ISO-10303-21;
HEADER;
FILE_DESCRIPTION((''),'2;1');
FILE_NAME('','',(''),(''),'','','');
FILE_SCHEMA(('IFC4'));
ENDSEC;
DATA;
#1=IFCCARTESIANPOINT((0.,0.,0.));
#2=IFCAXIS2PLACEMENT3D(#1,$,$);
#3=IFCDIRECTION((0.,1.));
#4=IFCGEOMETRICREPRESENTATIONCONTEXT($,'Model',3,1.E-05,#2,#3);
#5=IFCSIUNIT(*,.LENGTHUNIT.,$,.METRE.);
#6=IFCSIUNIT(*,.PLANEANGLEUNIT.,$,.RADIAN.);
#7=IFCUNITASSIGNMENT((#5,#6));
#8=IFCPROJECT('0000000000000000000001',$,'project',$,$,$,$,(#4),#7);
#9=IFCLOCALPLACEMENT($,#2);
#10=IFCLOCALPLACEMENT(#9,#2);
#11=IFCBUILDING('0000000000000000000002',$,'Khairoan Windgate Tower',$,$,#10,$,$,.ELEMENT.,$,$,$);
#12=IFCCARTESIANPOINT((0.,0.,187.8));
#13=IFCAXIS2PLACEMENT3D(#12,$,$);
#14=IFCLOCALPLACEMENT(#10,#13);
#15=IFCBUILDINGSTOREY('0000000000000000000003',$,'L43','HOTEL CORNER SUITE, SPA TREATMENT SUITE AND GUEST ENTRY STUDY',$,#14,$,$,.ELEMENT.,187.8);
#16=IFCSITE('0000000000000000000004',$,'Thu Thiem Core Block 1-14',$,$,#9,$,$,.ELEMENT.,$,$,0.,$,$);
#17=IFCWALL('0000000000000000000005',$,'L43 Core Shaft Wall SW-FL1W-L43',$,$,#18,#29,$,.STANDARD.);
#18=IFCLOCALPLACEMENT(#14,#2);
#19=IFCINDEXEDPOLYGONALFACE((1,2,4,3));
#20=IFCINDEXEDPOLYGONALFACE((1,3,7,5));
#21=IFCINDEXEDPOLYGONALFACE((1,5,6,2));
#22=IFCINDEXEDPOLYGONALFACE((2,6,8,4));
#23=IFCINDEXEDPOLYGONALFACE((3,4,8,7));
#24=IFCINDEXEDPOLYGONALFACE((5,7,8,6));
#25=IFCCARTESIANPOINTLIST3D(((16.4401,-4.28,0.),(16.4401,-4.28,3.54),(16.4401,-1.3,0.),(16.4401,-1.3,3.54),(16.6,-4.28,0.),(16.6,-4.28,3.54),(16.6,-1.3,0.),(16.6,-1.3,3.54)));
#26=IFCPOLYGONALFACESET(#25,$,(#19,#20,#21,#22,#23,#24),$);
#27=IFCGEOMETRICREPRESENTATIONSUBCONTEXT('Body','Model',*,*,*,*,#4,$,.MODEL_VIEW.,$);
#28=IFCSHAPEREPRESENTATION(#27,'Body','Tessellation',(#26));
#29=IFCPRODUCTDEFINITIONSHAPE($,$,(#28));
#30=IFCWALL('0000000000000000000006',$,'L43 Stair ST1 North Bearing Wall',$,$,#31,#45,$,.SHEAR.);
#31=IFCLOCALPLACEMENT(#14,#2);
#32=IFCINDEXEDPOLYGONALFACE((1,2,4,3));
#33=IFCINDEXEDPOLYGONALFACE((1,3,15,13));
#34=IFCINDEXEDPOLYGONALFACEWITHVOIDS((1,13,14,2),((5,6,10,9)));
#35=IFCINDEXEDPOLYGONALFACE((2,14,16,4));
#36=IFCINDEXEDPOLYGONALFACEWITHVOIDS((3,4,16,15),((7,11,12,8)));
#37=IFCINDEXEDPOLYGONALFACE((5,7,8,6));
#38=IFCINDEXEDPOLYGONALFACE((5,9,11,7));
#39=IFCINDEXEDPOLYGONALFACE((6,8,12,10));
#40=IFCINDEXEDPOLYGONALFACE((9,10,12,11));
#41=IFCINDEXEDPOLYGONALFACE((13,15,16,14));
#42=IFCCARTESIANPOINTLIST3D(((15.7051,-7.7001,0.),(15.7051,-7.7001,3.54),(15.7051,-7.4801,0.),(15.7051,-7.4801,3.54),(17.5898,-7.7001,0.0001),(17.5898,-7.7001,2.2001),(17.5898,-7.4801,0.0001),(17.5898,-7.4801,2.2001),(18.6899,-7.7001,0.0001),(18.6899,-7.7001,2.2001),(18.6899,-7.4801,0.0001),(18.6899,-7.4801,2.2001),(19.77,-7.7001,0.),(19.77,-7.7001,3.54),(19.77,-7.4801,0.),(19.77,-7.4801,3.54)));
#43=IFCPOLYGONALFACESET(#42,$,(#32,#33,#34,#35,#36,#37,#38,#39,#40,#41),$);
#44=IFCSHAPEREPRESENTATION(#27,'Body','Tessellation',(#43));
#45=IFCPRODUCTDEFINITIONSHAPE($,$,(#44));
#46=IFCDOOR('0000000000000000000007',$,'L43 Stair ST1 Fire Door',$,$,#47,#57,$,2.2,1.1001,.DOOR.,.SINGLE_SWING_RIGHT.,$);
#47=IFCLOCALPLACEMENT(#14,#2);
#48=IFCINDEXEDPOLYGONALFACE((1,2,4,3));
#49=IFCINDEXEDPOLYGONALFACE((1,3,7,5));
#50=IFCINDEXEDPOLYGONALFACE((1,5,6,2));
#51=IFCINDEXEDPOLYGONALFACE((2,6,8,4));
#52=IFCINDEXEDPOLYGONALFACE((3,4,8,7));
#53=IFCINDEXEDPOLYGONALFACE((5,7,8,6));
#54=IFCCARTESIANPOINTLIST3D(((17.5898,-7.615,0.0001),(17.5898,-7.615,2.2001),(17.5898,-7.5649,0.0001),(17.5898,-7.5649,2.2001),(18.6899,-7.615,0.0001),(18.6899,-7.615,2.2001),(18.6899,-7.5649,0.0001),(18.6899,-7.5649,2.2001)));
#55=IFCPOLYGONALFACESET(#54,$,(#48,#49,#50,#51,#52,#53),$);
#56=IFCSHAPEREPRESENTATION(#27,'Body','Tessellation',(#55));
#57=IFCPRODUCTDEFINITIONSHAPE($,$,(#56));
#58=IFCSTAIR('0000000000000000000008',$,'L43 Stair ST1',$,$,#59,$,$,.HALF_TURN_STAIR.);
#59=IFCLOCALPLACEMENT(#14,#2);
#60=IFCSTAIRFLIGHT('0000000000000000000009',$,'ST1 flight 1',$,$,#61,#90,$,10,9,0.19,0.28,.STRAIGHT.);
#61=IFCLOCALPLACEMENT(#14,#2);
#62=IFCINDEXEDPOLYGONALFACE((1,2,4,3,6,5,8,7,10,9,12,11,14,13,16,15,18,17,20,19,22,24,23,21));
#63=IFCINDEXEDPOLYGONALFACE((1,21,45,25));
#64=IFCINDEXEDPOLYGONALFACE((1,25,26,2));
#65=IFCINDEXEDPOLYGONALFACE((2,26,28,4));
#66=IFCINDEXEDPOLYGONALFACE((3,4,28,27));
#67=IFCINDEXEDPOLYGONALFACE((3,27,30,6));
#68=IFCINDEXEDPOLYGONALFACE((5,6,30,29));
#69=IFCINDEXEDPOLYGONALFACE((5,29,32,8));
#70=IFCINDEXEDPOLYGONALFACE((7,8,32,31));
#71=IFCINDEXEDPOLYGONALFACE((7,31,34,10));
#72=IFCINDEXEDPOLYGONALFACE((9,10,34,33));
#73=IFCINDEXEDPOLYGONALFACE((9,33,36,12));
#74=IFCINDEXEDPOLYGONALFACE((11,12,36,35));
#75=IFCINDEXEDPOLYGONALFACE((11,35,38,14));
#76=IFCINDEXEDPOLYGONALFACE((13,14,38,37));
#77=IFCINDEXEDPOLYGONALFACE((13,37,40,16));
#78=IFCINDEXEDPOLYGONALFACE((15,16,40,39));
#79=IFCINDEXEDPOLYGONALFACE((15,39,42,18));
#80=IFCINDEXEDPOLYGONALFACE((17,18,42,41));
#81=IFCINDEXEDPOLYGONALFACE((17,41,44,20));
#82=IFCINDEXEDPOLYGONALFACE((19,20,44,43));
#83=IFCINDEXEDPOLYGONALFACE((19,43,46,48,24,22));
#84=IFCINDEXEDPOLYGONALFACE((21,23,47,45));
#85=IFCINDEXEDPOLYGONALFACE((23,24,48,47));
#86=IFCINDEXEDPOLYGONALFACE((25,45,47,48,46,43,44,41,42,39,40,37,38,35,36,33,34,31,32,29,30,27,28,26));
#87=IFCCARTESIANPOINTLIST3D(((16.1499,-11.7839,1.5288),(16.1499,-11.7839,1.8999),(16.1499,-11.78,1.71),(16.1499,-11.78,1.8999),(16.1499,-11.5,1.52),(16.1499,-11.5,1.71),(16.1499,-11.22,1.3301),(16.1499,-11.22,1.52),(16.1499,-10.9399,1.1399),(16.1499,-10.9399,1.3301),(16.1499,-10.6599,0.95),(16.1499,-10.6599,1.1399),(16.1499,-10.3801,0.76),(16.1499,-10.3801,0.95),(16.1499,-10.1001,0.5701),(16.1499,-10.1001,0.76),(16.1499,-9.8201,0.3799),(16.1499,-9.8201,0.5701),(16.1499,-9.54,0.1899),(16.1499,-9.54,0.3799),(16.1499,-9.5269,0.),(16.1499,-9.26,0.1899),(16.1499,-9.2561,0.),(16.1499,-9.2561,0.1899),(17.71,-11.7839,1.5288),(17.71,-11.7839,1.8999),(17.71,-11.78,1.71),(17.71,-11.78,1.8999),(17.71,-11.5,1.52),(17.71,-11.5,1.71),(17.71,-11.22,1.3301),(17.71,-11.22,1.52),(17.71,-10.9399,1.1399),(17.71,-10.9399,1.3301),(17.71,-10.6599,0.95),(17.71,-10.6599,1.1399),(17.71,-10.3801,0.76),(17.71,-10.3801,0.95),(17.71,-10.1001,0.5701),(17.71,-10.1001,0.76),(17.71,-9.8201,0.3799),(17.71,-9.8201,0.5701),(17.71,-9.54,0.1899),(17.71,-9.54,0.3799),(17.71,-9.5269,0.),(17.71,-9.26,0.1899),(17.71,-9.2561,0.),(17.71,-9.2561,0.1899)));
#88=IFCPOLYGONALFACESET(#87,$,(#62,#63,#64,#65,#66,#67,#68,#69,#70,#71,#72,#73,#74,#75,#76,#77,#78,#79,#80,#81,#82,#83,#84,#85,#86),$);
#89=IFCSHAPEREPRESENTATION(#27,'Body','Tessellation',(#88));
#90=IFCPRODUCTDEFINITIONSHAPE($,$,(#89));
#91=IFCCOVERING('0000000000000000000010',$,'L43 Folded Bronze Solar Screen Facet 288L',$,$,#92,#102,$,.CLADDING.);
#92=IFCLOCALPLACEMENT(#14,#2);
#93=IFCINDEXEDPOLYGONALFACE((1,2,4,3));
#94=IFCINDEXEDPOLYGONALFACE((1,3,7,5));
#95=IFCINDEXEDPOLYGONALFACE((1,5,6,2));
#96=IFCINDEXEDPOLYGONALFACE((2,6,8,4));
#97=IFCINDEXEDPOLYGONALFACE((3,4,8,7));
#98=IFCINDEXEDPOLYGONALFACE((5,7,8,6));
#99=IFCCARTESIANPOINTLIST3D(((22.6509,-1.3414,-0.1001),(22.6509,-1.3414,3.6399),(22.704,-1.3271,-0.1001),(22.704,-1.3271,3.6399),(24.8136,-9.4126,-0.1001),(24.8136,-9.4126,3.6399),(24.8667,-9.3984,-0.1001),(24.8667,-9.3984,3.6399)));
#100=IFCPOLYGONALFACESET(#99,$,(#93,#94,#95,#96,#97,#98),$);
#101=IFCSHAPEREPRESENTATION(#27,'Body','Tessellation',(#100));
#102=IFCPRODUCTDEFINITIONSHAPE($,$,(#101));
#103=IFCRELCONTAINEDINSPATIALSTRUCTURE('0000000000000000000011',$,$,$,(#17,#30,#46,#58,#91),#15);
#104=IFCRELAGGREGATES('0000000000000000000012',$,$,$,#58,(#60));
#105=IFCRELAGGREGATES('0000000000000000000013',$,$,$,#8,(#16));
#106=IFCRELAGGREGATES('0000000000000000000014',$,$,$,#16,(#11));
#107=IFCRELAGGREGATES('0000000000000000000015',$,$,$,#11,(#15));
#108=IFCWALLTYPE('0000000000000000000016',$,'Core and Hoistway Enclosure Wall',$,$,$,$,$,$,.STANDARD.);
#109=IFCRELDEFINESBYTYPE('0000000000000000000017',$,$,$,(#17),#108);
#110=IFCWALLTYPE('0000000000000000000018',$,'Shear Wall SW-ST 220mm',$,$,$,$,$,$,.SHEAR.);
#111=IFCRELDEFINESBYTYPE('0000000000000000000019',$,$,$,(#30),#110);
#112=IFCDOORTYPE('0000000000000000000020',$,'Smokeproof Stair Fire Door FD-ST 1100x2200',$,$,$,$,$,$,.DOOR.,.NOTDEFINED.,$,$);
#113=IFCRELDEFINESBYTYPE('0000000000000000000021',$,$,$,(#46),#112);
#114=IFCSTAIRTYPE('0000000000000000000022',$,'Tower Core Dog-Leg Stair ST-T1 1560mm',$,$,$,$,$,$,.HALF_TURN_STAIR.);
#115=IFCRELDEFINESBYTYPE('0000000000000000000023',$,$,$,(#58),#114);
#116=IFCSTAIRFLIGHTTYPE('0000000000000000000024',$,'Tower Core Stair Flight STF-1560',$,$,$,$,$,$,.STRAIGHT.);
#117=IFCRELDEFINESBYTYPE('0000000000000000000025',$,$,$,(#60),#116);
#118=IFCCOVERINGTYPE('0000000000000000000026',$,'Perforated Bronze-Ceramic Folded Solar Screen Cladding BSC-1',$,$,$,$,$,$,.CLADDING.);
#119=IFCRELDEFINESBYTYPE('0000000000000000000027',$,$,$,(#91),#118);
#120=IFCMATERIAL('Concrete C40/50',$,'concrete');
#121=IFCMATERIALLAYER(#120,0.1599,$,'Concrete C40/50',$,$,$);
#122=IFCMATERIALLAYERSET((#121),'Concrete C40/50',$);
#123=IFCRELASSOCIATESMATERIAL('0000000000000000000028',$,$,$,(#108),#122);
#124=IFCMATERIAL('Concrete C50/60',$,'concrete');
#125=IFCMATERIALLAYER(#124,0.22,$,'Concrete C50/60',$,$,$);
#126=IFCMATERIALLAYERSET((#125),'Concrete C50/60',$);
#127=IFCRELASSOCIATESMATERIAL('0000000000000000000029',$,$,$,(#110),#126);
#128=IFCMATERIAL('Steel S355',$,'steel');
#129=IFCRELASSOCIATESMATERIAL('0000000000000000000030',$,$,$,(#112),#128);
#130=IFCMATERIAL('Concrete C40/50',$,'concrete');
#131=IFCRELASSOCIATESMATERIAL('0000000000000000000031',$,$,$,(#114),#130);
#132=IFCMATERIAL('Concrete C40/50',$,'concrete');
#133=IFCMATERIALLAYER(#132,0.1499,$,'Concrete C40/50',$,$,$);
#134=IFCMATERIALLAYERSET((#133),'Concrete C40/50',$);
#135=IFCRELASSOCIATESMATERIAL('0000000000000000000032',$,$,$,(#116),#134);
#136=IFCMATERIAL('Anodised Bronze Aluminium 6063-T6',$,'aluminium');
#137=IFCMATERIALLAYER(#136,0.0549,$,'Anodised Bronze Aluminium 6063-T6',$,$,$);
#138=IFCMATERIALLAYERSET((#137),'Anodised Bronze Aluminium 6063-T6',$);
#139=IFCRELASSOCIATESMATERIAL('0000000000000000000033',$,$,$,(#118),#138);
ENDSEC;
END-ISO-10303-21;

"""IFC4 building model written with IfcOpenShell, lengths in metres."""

from ifc_helpers import new_model, si_unit, direction, frame, frame_2d, origin, origin_2d, place, context, subcontext, project, spatial, polyline, rectangle, outline, extrude, material, layer, layer_set, type_object, element, fill, aggregate, save


model = new_model("IFC4")

# Units and contexts
model_context = context("Model", 3, precision=1e-05, world=origin(), true_north=direction((0.0, 1.0)))
body_context = subcontext(model_context, "Body", "Model", "MODEL_VIEW")
ifc_project = project(units=[si_unit("LENGTHUNIT", "METRE"), si_unit("PLANEANGLEUNIT", "RADIAN")], contexts=[model_context])

# Site, building, storey
site_placement = place(None, origin())
site = spatial("IfcSite", under=ifc_project, at=site_placement, Name="Thu Thiem Core Block 1-14", CompositionType="ELEMENT", RefElevation=0.0)
building_placement = place(site_placement, origin())
building = spatial("IfcBuilding", under=site, at=building_placement, Name="Khairoan Windgate Tower", CompositionType="ELEMENT")
storey_placement = place(building_placement, frame((0.0, 0.0, 187.8)))
storey = spatial("IfcBuildingStorey", under=building, at=storey_placement, Name="L43", Description="HOTEL CORNER SUITE, SPA TREATMENT SUITE AND GUEST ENTRY STUDY", CompositionType="ELEMENT", Elevation=187.8)

# Shared definitions
ifc_material_1 = material(Name="Concrete C40/50", Category="concrete")
ifc_layer_1 = layer(ifc_material_1, 0.1599, Name="Concrete C40/50")
ifc_layer_set_1 = layer_set([ifc_layer_1], Name="Concrete C40/50")
wall_type_1 = type_object("IfcWallType", Name="Core and Hoistway Enclosure Wall", PredefinedType="STANDARD", material=ifc_layer_set_1)

# Wall
wall_1_placement = place(storey_placement, frame((16.52, -4.28, 0.0), z_axis=(0.0, 0.0, 1.0), x_axis=(0.0, 1.0, 0.0)))
element("IfcWall", 1, at=wall_1_placement, inside=storey, type_object=wall_type_1, Name="L43 Core Shaft Wall SW-FL1W-L43", PredefinedType="STANDARD", context=body_context, shape_type="SweptSolid", body=[
    extrude(rectangle(XDim=2.98, YDim=0.1599, at=frame_2d((1.49, 0.0))), origin(), (0.0, 0.0, 1.0), 3.54),
])

# Wall, opening, door
ifc_material_2 = material(Name="Concrete C50/60", Category="concrete")
ifc_layer_2 = layer(ifc_material_2, 0.22, Name="Concrete C50/60")
ifc_layer_set_2 = layer_set([ifc_layer_2], Name="Concrete C50/60")
wall_type_2 = type_object("IfcWallType", Name="Shear Wall SW-ST 220mm", PredefinedType="SHEAR", material=ifc_layer_set_2)
wall_2_placement = place(storey_placement, frame((19.77, -7.5901, 0.0), z_axis=(0.0, 0.0, 1.0), x_axis=(-1.0, 0.0, 0.0)))
wall_2 = element("IfcWall", 2, at=wall_2_placement, inside=storey, type_object=wall_type_2, Name="L43 Stair ST1 North Bearing Wall", PredefinedType="SHEAR", context=body_context, shape_type="SweptSolid", body=[
    extrude(rectangle(XDim=4.0649, YDim=0.22, at=frame_2d((2.0325, 0.0))), origin(), (0.0, 0.0, 1.0), 3.54),
])
opening_1_placement = place(wall_2_placement, frame((1.0801, 0.0, 0.0)))
opening_1 = element("IfcOpeningElement", 3, at=opening_1_placement, cuts=wall_2, PredefinedType="OPENING", context=body_context, shape_type="SweptSolid", body=[
    extrude(rectangle(XDim=1.1001, YDim=2.2, at=frame_2d((0.55, 1.1001))), frame((0.0, 0.1199, 0.0), z_axis=(0.0, -1.0, 0.0), x_axis=(1.0, 0.0, 0.0)), (0.0, 0.0, 1.0), 0.24),
])
ifc_material_3 = material(Name="Steel S355", Category="steel")
door_type_1 = type_object("IfcDoorType", Name="Smokeproof Stair Fire Door FD-ST 1100x2200", OperationType="NOTDEFINED", PredefinedType="DOOR", material=ifc_material_3)
door_1_placement = place(opening_1_placement, origin())
door_1 = element("IfcDoor", 4, at=door_1_placement, inside=storey, type_object=door_type_1, Name="L43 Stair ST1 Fire Door", OperationType="SINGLE_SWING_RIGHT", OverallHeight=2.2, OverallWidth=1.1001, PredefinedType="DOOR", context=body_context, shape_type="SweptSolid", body=[
    extrude(rectangle(XDim=1.1001, YDim=2.2, at=frame_2d((0.55, 1.1001))), frame((0.0, 0.0249, 0.0), z_axis=(0.0, -1.0, 0.0), x_axis=(1.0, 0.0, 0.0)), (0.0, 0.0, 1.0), 0.05),
])
fill(opening_1, door_1)

# Stair, stair flight
ifc_material_4 = material(Name="Concrete C40/50", Category="concrete")
stair_type = type_object("IfcStairType", Name="Tower Core Dog-Leg Stair ST-T1 1560mm", PredefinedType="HALF_TURN_STAIR", material=ifc_material_4)
stair_placement = place(storey_placement, origin())
stair = element("IfcStair", 5, at=stair_placement, inside=storey, type_object=stair_type, Name="L43 Stair ST1", PredefinedType="HALF_TURN_STAIR")
ifc_material_5 = material(Name="Concrete C40/50", Category="concrete")
ifc_layer_3 = layer(ifc_material_5, 0.1499, Name="Concrete C40/50")
ifc_layer_set_3 = layer_set([ifc_layer_3], Name="Concrete C40/50")
stair_flight_type = type_object("IfcStairFlightType", Name="Tower Core Stair Flight STF-1560", PredefinedType="STRAIGHT", material=ifc_layer_set_3)
stair_flight_placement = place(storey_placement, frame((16.9299, -9.26, 0.0), z_axis=(0.0, 0.0, 1.0), x_axis=(0.0, -1.0, 0.0)))
stair_flight = element("IfcStairFlight", 6, at=stair_flight_placement, type_object=stair_flight_type, Name="ST1 flight 1", NumberOfRisers=10, NumberOfTreads=9, PredefinedType="STRAIGHT", RiserHeight=0.19, TreadLength=0.28, context=body_context, shape_type="SweptSolid", body=[
    extrude(outline(polyline([(-0.0039, 0.0), (-0.0039, 0.1899), (0.0, 0.1899), (0.28, 0.1899), (0.28, 0.3799), (0.5601, 0.3799), (0.5601, 0.5701), (0.8401, 0.5701), (0.8401, 0.76), (1.1201, 0.76), (1.1201, 0.95), (1.3999, 0.95), (1.3999, 1.1399), (1.6799, 1.1399), (1.6799, 1.3301), (1.96, 1.3301), (1.96, 1.52), (2.24, 1.52), (2.24, 1.71), (2.52, 1.71), (2.52, 1.8999), (2.5239, 1.8999), (2.5239, 1.5288), (0.2668, 0.0), (-0.0039, 0.0)])), frame((0.0, 0.78, 0.0), z_axis=(0.0, -1.0, 0.0), x_axis=(1.0, 0.0, 0.0)), (0.0, 0.0, 1.0), 1.5601),
])
aggregate(stair, [stair_flight])

# Covering
ifc_material_6 = material(Name="Anodised Bronze Aluminium 6063-T6", Category="aluminium")
ifc_layer_4 = layer(ifc_material_6, 0.0549, Name="Anodised Bronze Aluminium 6063-T6")
ifc_layer_set_4 = layer_set([ifc_layer_4], Name="Anodised Bronze Aluminium 6063-T6")
covering_type = type_object("IfcCoveringType", Name="Perforated Bronze-Ceramic Folded Solar Screen Cladding BSC-1", PredefinedType="CLADDING", material=ifc_layer_set_4)
covering_placement = place(storey_placement, frame((23.7588, -5.3699, -0.1001), z_axis=(0.0, 0.0, 1.0), x_axis=(0.258819, -0.965926, 0.0)))
element("IfcCovering", 7, at=covering_placement, inside=storey, type_object=covering_type, Name="L43 Folded Bronze Solar Screen Facet 288L", PredefinedType="CLADDING", context=body_context, shape_type="SweptSolid", body=[
    extrude(rectangle(XDim=8.356, YDim=0.0549, at=origin_2d()), origin(), (0.0, 0.0, 1.0), 3.74),
])

save(model, "model.ifc")
